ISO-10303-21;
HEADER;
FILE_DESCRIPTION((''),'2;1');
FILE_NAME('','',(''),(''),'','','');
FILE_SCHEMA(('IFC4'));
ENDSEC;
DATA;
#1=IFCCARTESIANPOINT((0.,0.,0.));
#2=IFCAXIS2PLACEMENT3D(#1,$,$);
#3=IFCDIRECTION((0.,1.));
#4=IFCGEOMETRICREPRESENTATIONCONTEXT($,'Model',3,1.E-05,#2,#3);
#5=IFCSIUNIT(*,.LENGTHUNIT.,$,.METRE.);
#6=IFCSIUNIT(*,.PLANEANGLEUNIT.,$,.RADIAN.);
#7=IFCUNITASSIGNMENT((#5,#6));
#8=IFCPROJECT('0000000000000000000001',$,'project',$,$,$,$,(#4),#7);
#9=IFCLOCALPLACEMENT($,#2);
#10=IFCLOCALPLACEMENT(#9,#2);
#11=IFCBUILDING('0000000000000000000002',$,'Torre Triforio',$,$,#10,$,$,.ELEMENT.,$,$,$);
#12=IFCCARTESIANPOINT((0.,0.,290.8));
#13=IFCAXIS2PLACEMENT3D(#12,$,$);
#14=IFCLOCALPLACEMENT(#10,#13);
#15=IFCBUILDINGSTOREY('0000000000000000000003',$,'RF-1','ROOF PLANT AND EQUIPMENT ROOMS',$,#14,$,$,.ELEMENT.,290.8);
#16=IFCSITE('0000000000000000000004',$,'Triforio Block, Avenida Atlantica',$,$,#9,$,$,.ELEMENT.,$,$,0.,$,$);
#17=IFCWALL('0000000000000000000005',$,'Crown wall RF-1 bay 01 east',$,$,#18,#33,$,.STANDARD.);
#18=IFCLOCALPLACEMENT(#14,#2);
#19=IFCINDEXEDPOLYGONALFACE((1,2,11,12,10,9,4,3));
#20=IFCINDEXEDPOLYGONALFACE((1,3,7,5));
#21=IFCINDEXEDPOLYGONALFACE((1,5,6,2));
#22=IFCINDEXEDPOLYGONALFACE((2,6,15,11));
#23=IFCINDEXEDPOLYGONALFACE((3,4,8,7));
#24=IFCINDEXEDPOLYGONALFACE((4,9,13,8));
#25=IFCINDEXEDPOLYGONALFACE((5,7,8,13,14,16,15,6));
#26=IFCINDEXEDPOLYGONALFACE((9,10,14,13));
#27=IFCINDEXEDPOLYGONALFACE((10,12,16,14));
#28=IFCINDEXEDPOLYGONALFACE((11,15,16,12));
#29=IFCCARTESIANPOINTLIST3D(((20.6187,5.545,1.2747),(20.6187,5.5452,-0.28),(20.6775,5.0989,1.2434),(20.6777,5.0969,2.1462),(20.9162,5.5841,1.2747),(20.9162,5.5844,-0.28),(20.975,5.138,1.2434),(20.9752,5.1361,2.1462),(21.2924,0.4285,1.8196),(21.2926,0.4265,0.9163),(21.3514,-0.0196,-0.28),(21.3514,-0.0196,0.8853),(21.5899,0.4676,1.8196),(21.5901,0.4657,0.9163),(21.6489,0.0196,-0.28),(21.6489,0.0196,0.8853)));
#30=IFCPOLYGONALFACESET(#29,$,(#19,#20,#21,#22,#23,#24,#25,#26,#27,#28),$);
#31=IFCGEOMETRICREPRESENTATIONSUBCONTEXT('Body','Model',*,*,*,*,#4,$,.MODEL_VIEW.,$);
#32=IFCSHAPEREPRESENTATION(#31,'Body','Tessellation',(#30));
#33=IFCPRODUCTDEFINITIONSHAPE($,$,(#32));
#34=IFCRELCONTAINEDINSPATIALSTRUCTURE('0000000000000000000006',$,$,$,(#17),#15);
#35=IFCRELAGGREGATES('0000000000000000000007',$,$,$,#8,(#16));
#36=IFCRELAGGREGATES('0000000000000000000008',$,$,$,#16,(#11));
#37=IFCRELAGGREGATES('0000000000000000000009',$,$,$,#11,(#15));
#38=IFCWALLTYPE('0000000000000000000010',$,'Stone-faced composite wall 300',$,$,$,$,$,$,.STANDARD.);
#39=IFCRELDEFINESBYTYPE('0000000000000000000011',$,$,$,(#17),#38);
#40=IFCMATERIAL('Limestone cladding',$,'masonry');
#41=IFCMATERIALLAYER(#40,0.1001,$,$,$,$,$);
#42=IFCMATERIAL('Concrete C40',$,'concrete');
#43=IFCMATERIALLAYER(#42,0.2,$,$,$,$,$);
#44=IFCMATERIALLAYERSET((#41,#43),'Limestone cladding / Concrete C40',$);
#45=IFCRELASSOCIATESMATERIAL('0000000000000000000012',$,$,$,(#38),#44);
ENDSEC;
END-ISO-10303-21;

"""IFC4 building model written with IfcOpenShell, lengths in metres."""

from ifc_helpers import new_model, si_unit, direction, frame, origin, place, context, subcontext, project, spatial, polyline, outline, extrude, material, layer, layer_set, type_object, element, save


model = new_model("IFC4")

# Units and contexts
model_context = context("Model", 3, precision=1e-05, world=origin(), true_north=direction((0.0, 1.0)))
body_context = subcontext(model_context, "Body", "Model", "MODEL_VIEW")
ifc_project = project(units=[si_unit("LENGTHUNIT", "METRE"), si_unit("PLANEANGLEUNIT", "RADIAN")], contexts=[model_context])

# Site, building, storey
site_placement = place(None, origin())
site = spatial("IfcSite", under=ifc_project, at=site_placement, Name="Triforio Block, Avenida Atlantica", CompositionType="ELEMENT", RefElevation=0.0)
building_placement = place(site_placement, origin())
building = spatial("IfcBuilding", under=site, at=building_placement, Name="Torre Triforio", CompositionType="ELEMENT")
storey_placement = place(building_placement, frame((0.0, 0.0, 290.8)))
storey = spatial("IfcBuildingStorey", under=building, at=storey_placement, Name="RF-1", Description="ROOF PLANT AND EQUIPMENT ROOMS", CompositionType="ELEMENT", Elevation=290.8)

# Wall
ifc_material_1 = material(Name="Limestone cladding", Category="masonry")
ifc_layer_1 = layer(ifc_material_1, 0.1001)
ifc_material_2 = material(Name="Concrete C40", Category="concrete")
ifc_layer_2 = layer(ifc_material_2, 0.2)
ifc_layer_set_1 = layer_set([ifc_layer_1, ifc_layer_2], Name="Limestone cladding / Concrete C40")
wall_type_1 = type_object("IfcWallType", Name="Stone-faced composite wall 300", PredefinedType="STANDARD", material=ifc_layer_set_1)
wall_1_placement = place(storey_placement, frame((21.5, 0.0, -0.28), z_axis=(0.0, 0.0, 1.0), x_axis=(-0.130537, 0.991443, 0.0)))
element("IfcWall", 1, at=wall_1_placement, inside=storey, type_object=wall_type_1, Name="Crown wall RF-1 bay 01 east", PredefinedType="STANDARD", context=body_context, shape_type="SweptSolid", body=[
    extrude(outline(polyline([(0.0, 0.0), (5.6128, 0.0), (5.6125, 1.5547), (5.1626, 1.5234), (5.1606, 2.4263), (0.4519, 2.0996), (0.45, 1.1963), (0.0, 1.1653), (0.0, 0.0)])), frame((0.0, 0.1499, 0.0), z_axis=(0.0, -1.0, 0.0), x_axis=(1.0, 0.0, 0.0)), (0.0, 0.0, 1.0), 0.3),
])

save(model, "model.ifc")
